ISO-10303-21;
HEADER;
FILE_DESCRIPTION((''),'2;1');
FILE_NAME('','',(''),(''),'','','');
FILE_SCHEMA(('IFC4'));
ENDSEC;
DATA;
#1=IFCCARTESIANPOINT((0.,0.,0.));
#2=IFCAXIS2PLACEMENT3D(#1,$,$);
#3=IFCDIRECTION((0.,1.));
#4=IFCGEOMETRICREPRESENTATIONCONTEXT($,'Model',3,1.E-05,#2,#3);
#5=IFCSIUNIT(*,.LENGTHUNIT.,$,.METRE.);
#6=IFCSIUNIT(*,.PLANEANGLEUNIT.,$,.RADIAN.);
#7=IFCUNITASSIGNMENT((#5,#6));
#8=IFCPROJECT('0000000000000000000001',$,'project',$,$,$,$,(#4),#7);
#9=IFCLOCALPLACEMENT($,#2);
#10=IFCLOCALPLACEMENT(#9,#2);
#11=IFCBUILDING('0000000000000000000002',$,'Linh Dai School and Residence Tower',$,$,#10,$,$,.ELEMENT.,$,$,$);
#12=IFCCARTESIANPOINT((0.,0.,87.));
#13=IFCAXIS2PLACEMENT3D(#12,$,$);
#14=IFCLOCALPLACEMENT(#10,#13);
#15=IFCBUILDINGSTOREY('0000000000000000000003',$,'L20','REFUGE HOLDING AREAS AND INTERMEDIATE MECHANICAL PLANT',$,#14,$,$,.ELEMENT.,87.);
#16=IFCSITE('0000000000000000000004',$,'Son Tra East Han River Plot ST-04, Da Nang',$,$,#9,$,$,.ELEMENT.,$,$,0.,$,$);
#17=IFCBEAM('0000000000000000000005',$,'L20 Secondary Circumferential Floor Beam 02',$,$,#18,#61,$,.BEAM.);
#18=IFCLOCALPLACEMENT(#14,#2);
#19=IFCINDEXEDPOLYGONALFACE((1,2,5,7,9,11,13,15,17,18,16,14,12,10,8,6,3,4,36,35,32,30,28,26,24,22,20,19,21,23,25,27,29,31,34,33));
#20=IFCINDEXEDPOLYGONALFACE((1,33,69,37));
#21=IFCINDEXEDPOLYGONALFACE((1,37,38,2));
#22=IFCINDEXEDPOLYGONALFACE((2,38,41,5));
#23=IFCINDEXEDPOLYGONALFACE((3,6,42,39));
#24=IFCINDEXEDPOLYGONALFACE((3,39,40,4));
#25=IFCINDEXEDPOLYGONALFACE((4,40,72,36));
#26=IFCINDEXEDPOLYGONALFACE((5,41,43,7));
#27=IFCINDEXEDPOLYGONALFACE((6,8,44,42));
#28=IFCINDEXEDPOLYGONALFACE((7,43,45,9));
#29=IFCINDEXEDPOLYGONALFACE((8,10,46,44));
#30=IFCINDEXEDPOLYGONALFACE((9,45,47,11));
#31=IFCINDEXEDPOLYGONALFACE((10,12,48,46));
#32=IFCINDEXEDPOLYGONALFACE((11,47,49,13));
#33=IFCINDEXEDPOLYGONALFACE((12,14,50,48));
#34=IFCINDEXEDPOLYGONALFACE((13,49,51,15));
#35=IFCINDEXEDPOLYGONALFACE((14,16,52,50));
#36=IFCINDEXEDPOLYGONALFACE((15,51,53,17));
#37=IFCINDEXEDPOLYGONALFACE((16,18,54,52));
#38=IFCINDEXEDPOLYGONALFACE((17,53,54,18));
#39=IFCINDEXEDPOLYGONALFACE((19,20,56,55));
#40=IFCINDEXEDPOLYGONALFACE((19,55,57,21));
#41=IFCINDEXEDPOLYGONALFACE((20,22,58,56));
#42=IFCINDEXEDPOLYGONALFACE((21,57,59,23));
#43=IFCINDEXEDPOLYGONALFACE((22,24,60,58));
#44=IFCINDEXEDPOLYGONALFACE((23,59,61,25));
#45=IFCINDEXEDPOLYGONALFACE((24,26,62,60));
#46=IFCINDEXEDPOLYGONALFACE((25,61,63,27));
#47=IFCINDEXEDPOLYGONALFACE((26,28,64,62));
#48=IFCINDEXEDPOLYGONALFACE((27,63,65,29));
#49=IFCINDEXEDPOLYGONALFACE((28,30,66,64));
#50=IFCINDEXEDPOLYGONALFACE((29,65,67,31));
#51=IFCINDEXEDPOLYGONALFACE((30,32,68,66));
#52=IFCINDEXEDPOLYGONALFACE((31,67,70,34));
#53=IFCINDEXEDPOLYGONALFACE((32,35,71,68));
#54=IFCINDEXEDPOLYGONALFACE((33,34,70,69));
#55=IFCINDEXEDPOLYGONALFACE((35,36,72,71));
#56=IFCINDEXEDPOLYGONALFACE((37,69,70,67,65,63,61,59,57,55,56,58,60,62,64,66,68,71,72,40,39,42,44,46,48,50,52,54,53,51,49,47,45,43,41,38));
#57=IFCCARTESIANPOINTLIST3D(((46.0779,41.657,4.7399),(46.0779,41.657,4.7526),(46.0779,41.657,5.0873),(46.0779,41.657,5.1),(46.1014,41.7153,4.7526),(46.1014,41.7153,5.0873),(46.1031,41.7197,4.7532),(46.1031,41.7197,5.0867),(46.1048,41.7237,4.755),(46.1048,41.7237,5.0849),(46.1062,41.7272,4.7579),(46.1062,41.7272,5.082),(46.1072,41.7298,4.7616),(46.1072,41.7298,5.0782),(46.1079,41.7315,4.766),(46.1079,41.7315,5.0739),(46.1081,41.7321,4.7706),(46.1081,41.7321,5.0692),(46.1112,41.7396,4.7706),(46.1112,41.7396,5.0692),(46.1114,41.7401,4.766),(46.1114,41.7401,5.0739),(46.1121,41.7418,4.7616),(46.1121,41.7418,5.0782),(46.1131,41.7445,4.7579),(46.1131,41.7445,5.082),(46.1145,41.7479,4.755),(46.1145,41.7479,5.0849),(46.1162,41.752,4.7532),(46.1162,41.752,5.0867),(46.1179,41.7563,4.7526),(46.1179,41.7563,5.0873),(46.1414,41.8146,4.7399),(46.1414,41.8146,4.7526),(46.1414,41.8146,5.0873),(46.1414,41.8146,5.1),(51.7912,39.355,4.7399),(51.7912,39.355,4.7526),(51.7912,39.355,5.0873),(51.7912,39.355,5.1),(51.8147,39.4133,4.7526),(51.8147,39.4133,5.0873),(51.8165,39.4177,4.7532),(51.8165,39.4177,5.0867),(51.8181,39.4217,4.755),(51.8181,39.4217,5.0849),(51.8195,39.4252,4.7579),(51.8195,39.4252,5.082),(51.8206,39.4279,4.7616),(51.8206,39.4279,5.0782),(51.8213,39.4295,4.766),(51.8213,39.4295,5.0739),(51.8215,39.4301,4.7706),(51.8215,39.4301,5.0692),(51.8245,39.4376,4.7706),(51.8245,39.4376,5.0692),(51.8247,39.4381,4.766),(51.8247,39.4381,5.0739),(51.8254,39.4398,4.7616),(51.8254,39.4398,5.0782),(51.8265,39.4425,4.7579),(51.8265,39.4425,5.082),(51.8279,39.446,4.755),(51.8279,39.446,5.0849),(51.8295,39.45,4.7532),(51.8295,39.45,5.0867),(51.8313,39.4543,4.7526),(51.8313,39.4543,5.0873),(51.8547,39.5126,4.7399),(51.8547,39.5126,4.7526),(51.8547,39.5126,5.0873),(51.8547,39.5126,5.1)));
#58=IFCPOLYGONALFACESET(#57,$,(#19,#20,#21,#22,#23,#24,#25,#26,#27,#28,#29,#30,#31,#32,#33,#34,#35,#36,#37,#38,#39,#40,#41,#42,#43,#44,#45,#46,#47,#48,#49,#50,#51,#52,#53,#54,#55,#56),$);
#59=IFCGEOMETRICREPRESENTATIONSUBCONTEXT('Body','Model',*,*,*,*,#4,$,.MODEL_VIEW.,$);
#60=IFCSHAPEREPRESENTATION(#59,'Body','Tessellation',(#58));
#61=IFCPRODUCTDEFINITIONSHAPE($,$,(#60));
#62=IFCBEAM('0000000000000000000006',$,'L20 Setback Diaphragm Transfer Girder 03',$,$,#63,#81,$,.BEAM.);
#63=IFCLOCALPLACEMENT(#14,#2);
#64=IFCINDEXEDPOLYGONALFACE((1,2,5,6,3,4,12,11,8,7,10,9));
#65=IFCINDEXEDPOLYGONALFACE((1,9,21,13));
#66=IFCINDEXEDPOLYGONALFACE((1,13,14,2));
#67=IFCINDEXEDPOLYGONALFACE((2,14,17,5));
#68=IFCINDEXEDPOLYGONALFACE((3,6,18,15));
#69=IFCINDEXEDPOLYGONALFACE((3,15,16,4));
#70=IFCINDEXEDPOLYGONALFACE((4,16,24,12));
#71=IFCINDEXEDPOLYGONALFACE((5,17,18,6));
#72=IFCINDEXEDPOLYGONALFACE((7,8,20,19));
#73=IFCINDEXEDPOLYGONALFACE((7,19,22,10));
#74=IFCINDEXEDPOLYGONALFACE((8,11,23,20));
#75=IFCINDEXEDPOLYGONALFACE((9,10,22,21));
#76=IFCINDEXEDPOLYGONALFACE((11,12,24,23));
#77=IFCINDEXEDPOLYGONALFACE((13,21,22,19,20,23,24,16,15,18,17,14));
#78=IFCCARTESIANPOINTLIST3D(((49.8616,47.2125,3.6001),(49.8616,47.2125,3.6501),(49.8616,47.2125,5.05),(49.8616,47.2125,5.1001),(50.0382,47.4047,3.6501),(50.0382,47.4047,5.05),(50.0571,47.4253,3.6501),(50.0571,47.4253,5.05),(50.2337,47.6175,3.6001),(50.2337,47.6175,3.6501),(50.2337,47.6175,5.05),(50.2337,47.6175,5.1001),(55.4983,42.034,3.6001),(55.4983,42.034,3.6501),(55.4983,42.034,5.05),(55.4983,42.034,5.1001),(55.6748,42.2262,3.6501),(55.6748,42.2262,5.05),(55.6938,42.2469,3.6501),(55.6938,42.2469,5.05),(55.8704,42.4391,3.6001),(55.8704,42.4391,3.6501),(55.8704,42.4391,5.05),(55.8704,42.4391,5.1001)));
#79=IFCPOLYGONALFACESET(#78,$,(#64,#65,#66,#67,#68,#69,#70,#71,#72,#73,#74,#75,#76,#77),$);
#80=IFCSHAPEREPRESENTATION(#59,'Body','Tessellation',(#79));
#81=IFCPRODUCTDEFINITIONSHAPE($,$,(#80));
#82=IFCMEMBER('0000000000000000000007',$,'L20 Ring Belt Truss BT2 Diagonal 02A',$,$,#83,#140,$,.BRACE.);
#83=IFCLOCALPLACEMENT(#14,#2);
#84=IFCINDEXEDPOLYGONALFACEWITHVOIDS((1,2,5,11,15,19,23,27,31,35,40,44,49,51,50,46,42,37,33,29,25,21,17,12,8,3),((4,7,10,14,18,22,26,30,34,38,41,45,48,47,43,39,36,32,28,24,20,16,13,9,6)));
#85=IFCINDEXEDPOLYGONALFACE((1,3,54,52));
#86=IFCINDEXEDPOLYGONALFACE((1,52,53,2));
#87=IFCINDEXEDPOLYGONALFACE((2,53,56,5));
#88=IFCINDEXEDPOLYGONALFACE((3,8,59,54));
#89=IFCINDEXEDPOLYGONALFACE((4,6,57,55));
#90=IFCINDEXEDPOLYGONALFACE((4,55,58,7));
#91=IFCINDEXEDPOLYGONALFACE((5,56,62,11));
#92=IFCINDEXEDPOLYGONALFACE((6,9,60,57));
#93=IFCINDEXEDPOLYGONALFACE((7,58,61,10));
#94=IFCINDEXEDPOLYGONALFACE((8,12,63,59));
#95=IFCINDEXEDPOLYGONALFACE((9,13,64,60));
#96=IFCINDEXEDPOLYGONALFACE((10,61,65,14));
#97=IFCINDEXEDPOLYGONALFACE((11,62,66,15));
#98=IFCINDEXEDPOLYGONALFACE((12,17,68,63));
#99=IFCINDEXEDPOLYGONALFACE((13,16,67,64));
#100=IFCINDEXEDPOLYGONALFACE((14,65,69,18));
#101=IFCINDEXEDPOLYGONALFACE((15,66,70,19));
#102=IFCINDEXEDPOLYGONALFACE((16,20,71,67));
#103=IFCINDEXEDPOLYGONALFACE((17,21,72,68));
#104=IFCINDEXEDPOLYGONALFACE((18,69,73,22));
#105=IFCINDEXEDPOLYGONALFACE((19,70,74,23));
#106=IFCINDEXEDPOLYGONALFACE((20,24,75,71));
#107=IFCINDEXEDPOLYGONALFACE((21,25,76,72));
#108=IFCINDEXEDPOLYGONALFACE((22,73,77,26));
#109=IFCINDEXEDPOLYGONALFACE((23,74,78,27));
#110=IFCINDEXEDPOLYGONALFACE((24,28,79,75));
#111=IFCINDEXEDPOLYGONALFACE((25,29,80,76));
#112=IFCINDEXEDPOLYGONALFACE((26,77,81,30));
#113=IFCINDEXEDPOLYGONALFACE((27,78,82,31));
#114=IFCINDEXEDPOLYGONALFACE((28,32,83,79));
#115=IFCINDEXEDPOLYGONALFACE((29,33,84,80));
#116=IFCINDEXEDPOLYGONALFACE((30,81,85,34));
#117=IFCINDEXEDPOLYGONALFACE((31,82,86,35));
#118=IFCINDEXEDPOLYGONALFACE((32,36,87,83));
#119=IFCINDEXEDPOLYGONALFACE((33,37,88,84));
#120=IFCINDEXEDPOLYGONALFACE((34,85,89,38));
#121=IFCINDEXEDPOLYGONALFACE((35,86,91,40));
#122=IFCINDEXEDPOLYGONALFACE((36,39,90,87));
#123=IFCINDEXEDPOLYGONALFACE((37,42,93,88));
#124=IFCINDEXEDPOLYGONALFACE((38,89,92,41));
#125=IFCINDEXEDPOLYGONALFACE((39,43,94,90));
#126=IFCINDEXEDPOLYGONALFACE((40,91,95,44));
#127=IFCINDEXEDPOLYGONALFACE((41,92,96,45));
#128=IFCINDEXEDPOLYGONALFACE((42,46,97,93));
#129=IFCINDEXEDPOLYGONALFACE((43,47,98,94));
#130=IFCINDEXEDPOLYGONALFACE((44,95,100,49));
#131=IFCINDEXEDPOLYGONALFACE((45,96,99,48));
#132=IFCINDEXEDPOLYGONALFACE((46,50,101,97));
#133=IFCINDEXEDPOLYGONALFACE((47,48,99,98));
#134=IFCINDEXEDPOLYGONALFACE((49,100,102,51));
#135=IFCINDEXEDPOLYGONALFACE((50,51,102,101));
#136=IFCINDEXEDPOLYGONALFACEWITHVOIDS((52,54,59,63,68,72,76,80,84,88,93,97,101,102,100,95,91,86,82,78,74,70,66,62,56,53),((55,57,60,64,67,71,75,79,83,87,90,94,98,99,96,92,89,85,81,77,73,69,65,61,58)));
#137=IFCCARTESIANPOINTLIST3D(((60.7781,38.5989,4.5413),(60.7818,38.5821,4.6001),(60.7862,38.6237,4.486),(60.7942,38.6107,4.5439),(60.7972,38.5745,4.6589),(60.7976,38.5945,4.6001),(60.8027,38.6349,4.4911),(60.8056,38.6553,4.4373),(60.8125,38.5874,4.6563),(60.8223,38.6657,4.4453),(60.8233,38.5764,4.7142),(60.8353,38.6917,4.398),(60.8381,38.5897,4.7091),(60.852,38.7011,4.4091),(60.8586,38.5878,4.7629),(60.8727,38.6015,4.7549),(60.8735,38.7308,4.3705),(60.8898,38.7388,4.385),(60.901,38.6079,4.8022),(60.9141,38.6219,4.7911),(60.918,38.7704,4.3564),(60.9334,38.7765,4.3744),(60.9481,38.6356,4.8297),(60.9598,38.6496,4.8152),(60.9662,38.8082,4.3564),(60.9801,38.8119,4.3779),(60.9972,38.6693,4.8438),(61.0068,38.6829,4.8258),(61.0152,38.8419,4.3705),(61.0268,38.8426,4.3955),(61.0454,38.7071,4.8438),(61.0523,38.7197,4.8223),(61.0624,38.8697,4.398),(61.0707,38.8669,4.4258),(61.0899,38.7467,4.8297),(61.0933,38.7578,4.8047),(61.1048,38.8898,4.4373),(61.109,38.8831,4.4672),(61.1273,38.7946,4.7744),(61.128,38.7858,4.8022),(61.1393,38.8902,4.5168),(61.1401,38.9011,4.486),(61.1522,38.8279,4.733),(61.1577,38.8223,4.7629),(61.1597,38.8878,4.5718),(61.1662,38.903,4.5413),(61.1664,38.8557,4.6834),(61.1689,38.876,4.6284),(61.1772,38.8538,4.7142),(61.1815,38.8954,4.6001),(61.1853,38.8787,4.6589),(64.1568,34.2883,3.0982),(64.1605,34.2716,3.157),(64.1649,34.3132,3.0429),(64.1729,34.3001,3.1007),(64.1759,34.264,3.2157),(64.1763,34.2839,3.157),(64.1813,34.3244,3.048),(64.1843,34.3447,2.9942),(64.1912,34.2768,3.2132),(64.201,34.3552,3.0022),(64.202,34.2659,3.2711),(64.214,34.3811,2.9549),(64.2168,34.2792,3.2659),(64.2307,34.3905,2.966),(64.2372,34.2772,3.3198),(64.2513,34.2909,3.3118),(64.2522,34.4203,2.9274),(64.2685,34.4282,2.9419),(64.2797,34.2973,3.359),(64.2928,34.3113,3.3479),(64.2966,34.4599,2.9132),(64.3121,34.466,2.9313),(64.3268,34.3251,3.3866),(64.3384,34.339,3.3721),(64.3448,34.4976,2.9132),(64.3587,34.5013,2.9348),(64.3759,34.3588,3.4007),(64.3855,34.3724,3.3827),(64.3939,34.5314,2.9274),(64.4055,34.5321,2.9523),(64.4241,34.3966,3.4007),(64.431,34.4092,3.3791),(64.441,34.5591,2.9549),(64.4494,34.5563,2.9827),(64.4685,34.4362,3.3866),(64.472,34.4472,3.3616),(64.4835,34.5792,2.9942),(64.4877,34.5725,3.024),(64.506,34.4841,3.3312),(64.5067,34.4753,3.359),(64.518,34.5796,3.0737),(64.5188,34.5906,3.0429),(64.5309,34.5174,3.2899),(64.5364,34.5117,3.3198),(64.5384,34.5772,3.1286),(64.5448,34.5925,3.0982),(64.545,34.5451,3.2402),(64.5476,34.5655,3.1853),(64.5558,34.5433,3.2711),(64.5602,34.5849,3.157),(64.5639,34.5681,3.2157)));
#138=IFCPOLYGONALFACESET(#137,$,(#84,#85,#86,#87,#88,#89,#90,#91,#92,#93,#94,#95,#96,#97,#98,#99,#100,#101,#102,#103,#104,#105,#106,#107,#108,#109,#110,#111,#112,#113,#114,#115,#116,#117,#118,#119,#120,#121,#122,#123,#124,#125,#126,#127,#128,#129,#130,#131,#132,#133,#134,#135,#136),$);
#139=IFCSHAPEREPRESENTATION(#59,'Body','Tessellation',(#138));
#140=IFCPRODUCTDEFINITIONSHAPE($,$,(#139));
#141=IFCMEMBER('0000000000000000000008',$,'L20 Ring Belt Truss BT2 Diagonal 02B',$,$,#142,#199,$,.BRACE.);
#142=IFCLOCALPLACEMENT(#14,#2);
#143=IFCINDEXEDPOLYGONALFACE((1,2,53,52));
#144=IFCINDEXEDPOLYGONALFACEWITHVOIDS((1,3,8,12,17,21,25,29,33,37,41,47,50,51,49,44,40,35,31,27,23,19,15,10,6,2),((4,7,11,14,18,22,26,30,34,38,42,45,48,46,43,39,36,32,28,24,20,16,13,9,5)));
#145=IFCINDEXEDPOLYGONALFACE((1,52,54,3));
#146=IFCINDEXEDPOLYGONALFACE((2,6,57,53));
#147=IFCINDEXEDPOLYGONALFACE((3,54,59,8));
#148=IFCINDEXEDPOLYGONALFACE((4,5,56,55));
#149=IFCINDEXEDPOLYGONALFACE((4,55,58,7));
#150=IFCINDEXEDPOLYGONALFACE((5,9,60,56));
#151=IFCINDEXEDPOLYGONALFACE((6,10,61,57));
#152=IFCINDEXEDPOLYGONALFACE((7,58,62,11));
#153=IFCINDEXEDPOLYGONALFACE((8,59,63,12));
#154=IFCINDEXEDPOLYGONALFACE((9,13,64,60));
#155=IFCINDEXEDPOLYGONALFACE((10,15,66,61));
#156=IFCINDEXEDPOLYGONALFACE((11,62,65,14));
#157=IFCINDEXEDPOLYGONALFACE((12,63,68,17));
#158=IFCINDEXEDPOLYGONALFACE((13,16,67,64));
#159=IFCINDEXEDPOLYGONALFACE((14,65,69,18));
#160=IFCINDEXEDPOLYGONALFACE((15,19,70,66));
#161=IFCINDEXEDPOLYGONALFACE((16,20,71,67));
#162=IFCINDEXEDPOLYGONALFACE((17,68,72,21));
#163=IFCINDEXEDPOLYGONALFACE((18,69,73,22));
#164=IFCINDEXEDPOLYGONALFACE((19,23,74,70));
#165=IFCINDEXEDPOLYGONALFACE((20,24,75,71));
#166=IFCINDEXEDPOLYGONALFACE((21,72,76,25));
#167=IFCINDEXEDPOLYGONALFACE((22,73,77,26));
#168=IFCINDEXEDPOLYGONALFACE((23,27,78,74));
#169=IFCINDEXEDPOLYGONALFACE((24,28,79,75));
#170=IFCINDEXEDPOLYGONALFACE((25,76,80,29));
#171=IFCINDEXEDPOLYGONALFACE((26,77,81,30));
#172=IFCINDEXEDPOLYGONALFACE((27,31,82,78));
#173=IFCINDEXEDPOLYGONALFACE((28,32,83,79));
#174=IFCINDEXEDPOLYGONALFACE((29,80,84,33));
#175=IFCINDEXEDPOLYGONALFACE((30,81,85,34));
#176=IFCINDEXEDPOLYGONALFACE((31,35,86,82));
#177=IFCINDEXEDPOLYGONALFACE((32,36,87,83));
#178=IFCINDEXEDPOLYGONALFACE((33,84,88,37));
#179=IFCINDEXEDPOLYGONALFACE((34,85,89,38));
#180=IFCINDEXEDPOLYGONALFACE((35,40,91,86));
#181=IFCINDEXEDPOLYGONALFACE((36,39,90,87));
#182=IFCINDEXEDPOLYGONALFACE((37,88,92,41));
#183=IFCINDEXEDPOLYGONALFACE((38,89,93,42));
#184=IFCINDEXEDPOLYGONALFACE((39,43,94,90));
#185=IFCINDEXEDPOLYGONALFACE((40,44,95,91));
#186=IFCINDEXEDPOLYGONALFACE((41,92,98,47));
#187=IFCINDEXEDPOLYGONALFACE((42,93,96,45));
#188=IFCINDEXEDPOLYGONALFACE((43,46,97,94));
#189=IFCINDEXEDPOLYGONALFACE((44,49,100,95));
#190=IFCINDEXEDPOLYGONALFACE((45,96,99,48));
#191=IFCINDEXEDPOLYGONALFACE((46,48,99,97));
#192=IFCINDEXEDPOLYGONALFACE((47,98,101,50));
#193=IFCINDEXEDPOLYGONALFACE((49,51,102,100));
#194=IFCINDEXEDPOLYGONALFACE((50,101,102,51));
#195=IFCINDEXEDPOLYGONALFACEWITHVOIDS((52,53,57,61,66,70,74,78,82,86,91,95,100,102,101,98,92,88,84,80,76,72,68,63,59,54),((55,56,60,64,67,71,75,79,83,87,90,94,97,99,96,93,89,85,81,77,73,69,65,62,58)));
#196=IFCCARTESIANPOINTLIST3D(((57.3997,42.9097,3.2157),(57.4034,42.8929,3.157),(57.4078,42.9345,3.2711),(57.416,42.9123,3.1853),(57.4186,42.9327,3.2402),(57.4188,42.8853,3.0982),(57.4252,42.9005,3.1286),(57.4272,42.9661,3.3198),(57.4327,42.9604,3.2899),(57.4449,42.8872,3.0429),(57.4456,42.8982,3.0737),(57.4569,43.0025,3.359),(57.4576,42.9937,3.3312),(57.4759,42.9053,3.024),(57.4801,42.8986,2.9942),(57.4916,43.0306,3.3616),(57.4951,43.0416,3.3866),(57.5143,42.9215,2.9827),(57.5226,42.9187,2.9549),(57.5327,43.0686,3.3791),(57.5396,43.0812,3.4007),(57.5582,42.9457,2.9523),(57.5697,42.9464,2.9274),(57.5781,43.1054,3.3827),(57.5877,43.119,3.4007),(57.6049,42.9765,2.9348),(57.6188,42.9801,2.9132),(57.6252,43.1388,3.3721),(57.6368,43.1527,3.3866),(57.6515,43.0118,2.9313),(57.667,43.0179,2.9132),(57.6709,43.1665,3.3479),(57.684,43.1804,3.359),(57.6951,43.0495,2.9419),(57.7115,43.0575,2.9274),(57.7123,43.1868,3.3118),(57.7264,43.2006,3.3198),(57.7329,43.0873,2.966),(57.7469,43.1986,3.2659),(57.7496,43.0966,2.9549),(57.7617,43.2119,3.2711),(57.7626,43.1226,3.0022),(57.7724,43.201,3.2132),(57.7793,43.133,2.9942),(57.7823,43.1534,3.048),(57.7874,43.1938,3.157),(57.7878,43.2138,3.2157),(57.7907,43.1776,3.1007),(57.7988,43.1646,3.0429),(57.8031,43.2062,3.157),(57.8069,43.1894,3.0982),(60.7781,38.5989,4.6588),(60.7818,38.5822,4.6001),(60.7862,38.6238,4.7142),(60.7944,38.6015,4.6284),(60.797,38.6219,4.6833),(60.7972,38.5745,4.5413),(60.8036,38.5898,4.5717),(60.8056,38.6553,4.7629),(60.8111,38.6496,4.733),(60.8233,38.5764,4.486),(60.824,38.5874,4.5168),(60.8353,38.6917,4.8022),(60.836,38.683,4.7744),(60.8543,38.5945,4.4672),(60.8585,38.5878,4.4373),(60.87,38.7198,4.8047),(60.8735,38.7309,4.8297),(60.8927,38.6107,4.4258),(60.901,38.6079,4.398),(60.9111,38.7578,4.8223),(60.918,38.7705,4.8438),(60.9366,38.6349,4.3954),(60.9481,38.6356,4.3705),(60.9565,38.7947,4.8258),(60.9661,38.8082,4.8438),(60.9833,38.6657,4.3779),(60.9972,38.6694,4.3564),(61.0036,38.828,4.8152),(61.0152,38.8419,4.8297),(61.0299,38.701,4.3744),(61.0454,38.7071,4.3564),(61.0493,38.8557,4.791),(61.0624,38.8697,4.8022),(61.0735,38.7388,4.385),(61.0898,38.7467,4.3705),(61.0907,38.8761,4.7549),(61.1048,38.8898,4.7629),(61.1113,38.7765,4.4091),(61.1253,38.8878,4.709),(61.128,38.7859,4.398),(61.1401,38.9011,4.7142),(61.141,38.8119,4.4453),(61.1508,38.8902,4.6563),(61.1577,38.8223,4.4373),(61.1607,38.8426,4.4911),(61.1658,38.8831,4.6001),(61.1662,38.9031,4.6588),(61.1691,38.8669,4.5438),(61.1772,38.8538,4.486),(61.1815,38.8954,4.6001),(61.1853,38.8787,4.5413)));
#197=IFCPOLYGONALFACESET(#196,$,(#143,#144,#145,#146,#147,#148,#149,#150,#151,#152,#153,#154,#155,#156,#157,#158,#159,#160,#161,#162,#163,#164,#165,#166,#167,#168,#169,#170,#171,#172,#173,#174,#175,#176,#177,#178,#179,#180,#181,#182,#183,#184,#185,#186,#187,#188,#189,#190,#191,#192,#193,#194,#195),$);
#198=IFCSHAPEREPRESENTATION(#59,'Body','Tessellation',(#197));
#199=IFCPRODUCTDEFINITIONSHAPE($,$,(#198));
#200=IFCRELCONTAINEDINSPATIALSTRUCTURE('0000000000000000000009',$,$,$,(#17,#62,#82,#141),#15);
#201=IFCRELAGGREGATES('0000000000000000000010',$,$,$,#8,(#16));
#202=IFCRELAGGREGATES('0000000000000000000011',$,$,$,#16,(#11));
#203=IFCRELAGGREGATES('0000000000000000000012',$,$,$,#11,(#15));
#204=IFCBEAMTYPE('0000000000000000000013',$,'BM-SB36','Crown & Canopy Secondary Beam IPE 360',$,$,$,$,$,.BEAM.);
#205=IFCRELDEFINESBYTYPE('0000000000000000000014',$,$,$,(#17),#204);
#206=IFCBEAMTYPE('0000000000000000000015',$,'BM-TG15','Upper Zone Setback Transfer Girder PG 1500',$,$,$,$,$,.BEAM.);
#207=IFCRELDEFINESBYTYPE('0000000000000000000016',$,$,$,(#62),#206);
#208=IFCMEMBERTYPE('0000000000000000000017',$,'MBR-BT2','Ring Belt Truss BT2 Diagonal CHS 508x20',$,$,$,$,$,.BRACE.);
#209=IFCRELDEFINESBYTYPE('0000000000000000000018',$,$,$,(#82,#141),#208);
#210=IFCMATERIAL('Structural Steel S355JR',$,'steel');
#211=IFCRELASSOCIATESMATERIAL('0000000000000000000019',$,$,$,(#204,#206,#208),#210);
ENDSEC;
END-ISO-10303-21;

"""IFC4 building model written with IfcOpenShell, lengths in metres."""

from ifc_helpers import new_model, si_unit, direction, frame, origin, origin_2d, place, context, subcontext, project, spatial, hollow_circle, i_section, extrude, material, material_profile, profile_set, type_object, element, save


model = new_model("IFC4")

# Units and contexts
model_context = context("Model", 3, precision=1e-05, world=origin(), true_north=direction((0.0, 1.0)))
body_context = subcontext(model_context, "Body", "Model", "MODEL_VIEW")
ifc_project = project(units=[si_unit("LENGTHUNIT", "METRE"), si_unit("PLANEANGLEUNIT", "RADIAN")], contexts=[model_context])

# Site, building, storey
site_placement = place(None, origin())
site = spatial("IfcSite", under=ifc_project, at=site_placement, Name="Son Tra East Han River Plot ST-04, Da Nang", CompositionType="ELEMENT", RefElevation=0.0)
building_placement = place(site_placement, origin())
building = spatial("IfcBuilding", under=site, at=building_placement, Name="Linh Dai School and Residence Tower", CompositionType="ELEMENT")
storey_placement = place(building_placement, frame((0.0, 0.0, 87.0)))
storey = spatial("IfcBuildingStorey", under=building, at=storey_placement, Name="L20", Description="REFUGE HOLDING AREAS AND INTERMEDIATE MECHANICAL PLANT", CompositionType="ELEMENT", Elevation=87.0)

# Shared definitions
ifc_material_1 = material(Name="Structural Steel S355JR", Category="steel")

# Beams
ifc_material_profile_1 = material_profile(ifc_material_1, i_section(OverallWidth=0.1699, OverallDepth=0.3601, WebThickness=0.0081, FlangeThickness=0.0127, FilletRadius=0.0181, at=origin_2d()), Name="IPE 360")
ifc_profile_set_1 = profile_set([ifc_material_profile_1], Name="Structural Steel S355JR")
beam_type_1 = type_object("IfcBeamType", Name="BM-SB36", Description="Crown & Canopy Secondary Beam IPE 360", PredefinedType="BEAM", material=ifc_profile_set_1)
beam_1_placement = place(storey_placement, frame((51.823, 39.4338, 4.9199), z_axis=(-0.927542, 0.37372, 0.0), x_axis=(-0.37372, -0.927542, 0.0)))
element("IfcBeam", 1, at=beam_1_placement, inside=storey, type_object=beam_type_1, Name="L20 Secondary Circumferential Floor Beam 02", PredefinedType="BEAM", context=body_context, shape_type="SweptSolid", body=[
    extrude(i_section(OverallWidth=0.1699, OverallDepth=0.3601, WebThickness=0.0081, FlangeThickness=0.0127, FilletRadius=0.0181, at=origin_2d()), origin(), (0.0, 0.0, 1.0), 6.1597),
])
ifc_material_profile_2 = material_profile(ifc_material_1, i_section(OverallWidth=0.55, OverallDepth=1.5, WebThickness=0.0281, FlangeThickness=0.05, at=origin_2d()), Name="PG 1500x550x28x50")
ifc_profile_set_2 = profile_set([ifc_material_profile_2], Name="Structural Steel S355JR")
beam_type_2 = type_object("IfcBeamType", Name="BM-TG15", Description="Upper Zone Setback Transfer Girder PG 1500", PredefinedType="BEAM", material=ifc_profile_set_2)
beam_2_placement = place(storey_placement, frame((55.6843, 42.2366, 4.3501), z_axis=(-0.736407, 0.676539, 0.0), x_axis=(-0.676539, -0.736407, 0.0)))
element("IfcBeam", 2, at=beam_2_placement, inside=storey, type_object=beam_type_2, Name="L20 Setback Diaphragm Transfer Girder 03", PredefinedType="BEAM", context=body_context, shape_type="SweptSolid", body=[
    extrude(i_section(OverallWidth=0.55, OverallDepth=1.5, WebThickness=0.0281, FlangeThickness=0.05, at=origin_2d()), origin(), (0.0, 0.0, 1.0), 7.6543),
])

# Members
ifc_material_profile_3 = material_profile(ifc_material_1, hollow_circle(Radius=0.2539, WallThickness=0.02, at=origin_2d()), Name="CHS 508x20")
ifc_profile_set_3 = profile_set([ifc_material_profile_3], Name="Structural Steel S355JR")
member_type_1 = type_object("IfcMemberType", Name="MBR-BT2", Description="Ring Belt Truss BT2 Diagonal CHS 508x20", PredefinedType="BRACE", material=ifc_profile_set_3)
for number, where, z_axis, x_axis, name in (
    (3, (64.3604, 34.4282, 3.157), (-0.596535, 0.761068, 0.254796), (-0.787045, -0.616896, 0.0), "L20 Ring Belt Truss BT2 Diagonal 02A"),
    (4, (57.6033, 43.0496, 3.157), (0.596488, -0.761106, 0.254794), (0.787083, 0.616847, 0.0), "L20 Ring Belt Truss BT2 Diagonal 02B"),
):
    element("IfcMember", number, at=place(storey_placement, frame(where, z_axis=z_axis, x_axis=x_axis)), inside=storey, type_object=member_type_1, Name=name, PredefinedType="BRACE", context=body_context, shape_type="SweptSolid", body=[
        extrude(hollow_circle(Radius=0.2539, WallThickness=0.02, at=origin_2d()), origin(), (0.0, 0.0, 1.0), 5.6638),
    ])

save(model, "model.ifc")
